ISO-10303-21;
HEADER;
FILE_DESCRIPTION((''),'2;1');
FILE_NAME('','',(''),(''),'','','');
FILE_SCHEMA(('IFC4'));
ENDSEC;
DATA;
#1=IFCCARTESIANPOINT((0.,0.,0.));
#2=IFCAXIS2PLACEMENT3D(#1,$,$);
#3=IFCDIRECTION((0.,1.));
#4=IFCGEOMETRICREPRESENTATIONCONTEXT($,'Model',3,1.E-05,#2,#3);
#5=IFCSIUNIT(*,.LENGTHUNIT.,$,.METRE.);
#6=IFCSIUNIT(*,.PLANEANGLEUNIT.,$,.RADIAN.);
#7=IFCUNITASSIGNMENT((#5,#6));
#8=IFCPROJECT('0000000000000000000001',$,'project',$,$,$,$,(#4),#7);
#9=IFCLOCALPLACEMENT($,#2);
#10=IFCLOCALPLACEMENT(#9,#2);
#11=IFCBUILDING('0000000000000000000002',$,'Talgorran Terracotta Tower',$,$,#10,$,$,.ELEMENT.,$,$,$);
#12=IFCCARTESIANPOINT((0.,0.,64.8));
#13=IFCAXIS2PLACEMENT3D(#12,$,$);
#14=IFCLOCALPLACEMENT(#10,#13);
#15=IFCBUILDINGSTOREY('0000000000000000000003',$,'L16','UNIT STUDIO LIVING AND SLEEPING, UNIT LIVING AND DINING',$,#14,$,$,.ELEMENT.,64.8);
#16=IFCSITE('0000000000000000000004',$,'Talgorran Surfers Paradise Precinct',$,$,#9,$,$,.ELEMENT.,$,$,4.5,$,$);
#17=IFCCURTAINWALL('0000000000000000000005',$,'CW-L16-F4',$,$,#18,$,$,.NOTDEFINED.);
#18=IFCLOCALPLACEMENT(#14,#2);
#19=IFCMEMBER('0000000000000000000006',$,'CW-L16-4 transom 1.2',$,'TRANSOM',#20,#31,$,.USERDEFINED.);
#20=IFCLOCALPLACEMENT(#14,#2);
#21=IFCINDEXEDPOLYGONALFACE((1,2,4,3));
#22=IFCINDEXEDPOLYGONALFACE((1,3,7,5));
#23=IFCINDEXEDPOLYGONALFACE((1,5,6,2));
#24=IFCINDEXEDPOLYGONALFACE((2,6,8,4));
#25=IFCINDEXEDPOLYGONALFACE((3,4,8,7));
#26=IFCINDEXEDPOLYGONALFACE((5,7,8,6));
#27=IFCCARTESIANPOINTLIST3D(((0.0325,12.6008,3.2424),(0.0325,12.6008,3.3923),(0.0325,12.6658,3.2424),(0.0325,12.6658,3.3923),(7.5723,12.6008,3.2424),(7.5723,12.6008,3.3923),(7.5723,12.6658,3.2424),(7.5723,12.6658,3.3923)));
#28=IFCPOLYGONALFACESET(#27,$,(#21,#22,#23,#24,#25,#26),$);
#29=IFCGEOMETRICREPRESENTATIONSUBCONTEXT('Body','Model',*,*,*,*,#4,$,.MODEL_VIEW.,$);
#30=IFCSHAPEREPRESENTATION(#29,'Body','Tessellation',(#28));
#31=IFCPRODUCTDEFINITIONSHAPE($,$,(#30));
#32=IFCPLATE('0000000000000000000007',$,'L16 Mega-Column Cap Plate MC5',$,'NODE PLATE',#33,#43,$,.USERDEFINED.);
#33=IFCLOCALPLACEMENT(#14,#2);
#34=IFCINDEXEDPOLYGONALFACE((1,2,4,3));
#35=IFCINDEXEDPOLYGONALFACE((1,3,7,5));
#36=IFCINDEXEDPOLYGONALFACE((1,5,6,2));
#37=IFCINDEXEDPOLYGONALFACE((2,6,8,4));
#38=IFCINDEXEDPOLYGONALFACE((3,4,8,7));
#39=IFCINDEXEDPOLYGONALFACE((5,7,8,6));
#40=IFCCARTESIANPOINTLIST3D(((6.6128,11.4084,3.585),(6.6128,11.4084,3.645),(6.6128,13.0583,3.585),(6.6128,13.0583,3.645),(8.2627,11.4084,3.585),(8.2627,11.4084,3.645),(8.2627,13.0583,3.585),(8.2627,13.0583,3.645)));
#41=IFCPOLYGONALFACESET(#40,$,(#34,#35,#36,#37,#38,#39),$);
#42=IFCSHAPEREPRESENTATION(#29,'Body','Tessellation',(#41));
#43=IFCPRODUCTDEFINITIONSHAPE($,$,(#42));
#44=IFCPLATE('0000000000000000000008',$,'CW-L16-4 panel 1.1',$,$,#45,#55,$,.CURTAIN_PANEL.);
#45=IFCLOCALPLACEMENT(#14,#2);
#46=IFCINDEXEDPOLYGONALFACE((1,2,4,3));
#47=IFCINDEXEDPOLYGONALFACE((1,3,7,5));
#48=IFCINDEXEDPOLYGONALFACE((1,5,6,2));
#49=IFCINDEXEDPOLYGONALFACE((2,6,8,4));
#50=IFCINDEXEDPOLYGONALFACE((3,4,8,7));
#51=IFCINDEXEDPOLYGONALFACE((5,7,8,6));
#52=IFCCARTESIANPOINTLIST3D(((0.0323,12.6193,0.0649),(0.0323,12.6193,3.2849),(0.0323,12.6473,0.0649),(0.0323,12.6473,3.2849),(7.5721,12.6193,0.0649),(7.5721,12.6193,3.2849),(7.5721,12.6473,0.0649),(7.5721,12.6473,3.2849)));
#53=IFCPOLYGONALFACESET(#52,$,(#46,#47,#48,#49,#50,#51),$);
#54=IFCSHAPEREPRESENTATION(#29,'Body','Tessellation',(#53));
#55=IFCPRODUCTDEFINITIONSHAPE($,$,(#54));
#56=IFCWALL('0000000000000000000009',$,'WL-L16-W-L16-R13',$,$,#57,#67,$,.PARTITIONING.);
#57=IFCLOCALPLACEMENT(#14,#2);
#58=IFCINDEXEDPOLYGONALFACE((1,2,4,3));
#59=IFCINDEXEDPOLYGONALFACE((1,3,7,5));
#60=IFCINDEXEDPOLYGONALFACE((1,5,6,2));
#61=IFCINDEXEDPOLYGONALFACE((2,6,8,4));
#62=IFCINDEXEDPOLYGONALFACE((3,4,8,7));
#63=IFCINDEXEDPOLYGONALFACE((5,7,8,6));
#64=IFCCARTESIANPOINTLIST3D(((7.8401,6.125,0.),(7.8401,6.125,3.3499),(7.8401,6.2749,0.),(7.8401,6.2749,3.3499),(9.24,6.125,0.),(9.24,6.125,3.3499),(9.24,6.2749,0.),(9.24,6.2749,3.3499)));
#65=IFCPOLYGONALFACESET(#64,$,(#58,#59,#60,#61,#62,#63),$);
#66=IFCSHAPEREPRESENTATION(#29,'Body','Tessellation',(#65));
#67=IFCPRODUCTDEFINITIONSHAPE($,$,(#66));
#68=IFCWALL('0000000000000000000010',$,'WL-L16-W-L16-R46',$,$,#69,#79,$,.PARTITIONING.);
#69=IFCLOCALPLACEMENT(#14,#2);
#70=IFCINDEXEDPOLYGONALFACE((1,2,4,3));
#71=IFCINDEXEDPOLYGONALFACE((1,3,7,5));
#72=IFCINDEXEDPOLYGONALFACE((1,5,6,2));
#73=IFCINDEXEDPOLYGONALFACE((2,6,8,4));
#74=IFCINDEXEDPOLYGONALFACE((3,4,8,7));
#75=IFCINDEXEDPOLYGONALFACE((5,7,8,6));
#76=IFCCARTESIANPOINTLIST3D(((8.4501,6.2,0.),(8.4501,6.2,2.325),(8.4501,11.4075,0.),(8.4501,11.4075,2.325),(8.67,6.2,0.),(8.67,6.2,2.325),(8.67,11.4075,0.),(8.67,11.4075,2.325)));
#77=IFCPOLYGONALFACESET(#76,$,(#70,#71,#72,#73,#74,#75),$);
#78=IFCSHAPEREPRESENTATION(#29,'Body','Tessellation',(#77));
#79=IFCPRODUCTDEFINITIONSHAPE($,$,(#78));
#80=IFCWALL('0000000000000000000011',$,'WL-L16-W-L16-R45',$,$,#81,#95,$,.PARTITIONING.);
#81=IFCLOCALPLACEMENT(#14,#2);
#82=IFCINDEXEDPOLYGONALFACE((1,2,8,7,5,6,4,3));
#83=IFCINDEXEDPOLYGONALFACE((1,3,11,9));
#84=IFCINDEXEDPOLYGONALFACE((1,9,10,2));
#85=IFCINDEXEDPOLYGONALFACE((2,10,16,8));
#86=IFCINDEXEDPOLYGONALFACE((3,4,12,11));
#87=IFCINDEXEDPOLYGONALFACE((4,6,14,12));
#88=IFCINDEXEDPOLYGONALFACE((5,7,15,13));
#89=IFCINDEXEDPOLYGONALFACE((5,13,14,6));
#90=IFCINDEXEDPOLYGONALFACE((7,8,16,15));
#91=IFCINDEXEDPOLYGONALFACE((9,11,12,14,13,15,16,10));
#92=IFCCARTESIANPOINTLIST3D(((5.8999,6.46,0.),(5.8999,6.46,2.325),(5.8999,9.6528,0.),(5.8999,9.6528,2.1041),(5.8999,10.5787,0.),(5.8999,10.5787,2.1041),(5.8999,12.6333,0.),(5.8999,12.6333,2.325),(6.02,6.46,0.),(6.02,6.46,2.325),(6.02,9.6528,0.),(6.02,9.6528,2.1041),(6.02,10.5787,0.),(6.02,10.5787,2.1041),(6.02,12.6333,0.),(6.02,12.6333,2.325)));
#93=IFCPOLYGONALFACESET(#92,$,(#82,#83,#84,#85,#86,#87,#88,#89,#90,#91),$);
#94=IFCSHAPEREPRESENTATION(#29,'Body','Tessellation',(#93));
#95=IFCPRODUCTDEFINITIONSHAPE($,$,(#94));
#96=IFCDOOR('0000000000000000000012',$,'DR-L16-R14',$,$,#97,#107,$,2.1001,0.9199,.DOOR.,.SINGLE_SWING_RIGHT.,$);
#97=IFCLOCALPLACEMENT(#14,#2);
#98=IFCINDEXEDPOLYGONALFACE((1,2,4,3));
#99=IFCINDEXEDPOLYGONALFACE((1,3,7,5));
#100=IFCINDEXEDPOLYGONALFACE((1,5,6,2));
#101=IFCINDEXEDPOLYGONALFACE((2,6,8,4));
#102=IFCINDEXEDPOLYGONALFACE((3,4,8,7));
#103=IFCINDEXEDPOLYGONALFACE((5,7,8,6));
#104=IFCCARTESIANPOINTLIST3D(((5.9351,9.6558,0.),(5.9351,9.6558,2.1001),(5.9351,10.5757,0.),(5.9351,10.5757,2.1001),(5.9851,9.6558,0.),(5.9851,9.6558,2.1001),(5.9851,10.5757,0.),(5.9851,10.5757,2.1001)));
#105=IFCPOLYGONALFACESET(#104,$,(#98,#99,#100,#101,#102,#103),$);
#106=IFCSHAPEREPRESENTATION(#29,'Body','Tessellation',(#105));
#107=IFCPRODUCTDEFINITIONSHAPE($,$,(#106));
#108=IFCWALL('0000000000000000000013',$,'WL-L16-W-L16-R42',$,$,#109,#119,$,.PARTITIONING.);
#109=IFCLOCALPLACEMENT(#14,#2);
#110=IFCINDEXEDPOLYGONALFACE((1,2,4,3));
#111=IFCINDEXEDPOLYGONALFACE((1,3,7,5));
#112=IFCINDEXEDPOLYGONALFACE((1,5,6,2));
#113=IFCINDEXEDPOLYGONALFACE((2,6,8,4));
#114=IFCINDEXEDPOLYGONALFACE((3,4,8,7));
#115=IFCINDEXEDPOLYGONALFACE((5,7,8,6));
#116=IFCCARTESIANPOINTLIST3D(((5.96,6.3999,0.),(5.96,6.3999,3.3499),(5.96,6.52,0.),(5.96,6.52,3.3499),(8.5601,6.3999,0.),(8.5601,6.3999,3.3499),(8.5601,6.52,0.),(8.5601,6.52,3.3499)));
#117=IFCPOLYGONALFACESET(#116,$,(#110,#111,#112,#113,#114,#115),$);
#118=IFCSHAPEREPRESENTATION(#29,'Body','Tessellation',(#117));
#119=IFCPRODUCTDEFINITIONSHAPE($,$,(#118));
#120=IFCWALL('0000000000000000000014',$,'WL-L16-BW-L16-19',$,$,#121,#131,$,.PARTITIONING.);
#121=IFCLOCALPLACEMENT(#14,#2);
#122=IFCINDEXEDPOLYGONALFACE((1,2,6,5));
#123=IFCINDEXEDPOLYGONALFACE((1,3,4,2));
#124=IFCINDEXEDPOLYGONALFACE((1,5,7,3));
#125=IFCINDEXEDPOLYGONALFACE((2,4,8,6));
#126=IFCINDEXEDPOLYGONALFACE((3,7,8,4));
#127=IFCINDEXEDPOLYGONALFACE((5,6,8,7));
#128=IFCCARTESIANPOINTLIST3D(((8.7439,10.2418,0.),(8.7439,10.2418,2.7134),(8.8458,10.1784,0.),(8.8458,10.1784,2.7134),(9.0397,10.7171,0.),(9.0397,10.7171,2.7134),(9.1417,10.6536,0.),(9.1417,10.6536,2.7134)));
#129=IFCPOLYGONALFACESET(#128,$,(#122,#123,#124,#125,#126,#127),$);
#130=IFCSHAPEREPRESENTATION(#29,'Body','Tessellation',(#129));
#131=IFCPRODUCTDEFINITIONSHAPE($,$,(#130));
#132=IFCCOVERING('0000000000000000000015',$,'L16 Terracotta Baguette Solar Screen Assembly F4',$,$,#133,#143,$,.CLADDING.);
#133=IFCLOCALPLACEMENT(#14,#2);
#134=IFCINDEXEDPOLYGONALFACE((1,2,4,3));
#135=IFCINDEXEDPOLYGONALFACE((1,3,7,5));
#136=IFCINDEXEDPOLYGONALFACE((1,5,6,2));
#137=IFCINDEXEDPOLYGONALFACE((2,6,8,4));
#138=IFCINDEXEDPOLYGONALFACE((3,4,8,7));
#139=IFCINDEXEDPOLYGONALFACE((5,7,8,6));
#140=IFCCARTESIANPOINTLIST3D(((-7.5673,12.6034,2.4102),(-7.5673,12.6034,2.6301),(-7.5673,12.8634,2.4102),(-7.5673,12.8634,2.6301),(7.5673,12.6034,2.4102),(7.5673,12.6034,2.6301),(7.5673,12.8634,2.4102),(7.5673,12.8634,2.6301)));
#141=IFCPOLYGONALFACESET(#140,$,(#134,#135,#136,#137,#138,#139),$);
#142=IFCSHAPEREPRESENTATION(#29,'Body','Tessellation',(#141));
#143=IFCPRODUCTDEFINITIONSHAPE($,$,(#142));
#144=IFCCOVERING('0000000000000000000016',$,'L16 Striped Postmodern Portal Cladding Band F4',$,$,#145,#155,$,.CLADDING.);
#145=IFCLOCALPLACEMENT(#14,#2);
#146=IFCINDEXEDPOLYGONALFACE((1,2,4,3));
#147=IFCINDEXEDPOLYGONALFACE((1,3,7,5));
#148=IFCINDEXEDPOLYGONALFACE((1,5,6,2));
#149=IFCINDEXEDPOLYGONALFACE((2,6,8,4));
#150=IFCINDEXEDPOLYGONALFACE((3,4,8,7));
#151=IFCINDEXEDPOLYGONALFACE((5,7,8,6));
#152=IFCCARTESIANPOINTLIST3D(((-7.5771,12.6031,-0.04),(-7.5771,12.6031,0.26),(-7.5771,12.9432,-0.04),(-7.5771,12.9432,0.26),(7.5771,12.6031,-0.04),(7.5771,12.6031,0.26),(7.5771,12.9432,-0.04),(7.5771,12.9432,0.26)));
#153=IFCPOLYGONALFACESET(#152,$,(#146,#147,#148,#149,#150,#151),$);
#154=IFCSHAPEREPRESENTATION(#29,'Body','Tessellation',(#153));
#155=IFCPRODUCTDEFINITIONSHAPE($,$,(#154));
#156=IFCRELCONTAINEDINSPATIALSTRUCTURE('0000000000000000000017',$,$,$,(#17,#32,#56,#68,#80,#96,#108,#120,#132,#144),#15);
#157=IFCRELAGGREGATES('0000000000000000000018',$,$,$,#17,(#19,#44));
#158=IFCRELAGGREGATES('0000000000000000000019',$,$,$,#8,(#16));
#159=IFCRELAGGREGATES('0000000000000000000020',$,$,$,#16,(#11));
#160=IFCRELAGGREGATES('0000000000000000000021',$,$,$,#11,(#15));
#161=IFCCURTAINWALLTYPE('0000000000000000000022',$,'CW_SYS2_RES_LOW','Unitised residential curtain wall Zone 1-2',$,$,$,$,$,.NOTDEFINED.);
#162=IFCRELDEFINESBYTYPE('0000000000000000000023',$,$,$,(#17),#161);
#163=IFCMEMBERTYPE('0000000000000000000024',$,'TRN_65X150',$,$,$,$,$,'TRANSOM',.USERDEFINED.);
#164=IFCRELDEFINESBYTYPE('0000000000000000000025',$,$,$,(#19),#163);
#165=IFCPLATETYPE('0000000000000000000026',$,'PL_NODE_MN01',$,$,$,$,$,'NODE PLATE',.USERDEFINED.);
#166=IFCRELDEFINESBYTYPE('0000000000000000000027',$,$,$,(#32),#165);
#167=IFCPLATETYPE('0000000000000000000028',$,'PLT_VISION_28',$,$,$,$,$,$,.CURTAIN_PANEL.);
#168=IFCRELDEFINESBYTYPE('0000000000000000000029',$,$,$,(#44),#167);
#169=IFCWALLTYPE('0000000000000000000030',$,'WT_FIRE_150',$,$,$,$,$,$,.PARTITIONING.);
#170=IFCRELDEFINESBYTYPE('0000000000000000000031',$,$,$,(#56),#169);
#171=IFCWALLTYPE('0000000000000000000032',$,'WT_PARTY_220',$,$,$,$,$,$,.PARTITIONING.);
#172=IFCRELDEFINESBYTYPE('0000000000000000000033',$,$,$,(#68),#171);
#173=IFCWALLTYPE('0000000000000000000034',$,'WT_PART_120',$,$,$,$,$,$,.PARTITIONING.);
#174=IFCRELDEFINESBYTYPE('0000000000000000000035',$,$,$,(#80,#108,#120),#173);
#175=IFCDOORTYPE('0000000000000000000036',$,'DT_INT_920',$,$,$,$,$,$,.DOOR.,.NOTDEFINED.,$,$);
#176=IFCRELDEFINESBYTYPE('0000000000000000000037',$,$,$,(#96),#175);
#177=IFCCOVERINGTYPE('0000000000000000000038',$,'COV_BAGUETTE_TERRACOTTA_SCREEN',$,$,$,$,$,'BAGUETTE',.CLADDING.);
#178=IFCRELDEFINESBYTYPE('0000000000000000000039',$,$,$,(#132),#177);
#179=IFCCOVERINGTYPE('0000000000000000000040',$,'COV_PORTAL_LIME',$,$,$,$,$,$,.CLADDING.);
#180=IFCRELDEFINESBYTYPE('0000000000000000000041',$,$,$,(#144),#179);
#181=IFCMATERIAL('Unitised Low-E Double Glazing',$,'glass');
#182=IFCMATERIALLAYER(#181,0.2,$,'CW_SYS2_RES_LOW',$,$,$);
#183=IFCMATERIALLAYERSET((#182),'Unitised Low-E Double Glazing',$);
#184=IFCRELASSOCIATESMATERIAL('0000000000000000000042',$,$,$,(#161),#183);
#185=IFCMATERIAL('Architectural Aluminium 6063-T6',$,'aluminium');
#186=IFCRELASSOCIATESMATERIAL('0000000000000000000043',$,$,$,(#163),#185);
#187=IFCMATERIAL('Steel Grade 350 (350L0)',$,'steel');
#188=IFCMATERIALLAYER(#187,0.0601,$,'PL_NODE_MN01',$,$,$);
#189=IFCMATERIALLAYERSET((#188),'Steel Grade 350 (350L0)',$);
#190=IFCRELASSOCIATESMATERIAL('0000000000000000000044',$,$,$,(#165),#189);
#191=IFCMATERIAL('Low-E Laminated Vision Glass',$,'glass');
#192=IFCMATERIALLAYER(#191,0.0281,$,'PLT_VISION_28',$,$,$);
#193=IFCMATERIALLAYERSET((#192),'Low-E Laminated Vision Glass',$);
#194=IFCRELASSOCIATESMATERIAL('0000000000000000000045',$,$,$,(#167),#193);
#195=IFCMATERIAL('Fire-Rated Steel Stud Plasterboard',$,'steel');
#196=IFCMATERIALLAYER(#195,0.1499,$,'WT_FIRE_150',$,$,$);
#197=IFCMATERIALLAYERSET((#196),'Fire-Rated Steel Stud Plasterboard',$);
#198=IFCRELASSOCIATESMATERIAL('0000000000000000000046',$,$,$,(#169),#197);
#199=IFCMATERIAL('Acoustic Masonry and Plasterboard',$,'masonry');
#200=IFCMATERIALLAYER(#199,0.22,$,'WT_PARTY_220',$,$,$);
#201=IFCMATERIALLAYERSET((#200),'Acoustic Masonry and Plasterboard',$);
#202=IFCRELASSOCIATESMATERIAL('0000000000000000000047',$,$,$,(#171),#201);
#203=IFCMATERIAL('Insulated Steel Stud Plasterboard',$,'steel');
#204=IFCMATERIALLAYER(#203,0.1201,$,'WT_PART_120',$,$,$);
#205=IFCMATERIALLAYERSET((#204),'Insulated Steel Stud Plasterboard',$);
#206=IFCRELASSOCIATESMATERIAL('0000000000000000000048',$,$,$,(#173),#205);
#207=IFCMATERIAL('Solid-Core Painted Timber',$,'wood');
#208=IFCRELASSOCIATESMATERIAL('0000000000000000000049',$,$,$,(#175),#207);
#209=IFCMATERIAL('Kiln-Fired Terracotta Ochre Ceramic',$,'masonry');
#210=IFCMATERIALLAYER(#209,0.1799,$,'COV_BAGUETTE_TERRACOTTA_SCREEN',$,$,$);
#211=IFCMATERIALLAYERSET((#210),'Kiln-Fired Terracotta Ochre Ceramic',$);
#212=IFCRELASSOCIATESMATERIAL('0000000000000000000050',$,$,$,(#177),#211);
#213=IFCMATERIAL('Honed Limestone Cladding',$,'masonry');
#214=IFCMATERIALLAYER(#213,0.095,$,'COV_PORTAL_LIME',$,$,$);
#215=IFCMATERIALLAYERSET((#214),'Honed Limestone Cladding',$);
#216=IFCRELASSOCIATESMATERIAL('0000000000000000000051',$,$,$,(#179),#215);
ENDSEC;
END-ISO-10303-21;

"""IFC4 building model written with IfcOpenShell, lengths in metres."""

from ifc_helpers import new_model, si_unit, direction, frame, frame_2d, origin, origin_2d, place, context, subcontext, project, spatial, rectangle, extrude, source, transform, mapped, material, layer, layer_set, material_profile, profile_set, type_object, type_shapes, element, fill, aggregate, save


model = new_model("IFC4")

# Units and contexts
model_context = context("Model", 3, precision=1e-05, world=origin(), true_north=direction((0.0, 1.0)))
body_context = subcontext(model_context, "Body", "Model", "MODEL_VIEW")
ifc_project = project(units=[si_unit("LENGTHUNIT", "METRE"), si_unit("PLANEANGLEUNIT", "RADIAN")], contexts=[model_context])

# Site, building, storey
site_placement = place(None, origin())
site = spatial("IfcSite", under=ifc_project, at=site_placement, Name="Talgorran Surfers Paradise Precinct", CompositionType="ELEMENT", RefElevation=4.5)
building_placement = place(site_placement, origin())
building = spatial("IfcBuilding", under=site, at=building_placement, Name="Talgorran Terracotta Tower", CompositionType="ELEMENT")
storey_placement = place(building_placement, frame((0.0, 0.0, 64.8)))
storey = spatial("IfcBuildingStorey", under=building, at=storey_placement, Name="L16", Description="UNIT STUDIO LIVING AND SLEEPING, UNIT LIVING AND DINING", CompositionType="ELEMENT", Elevation=64.8)

# Shared definitions
ifc_material_1 = material(Name="Steel Grade 350 (350L0)", Category="steel")

# Shared definitions
ifc_material_2 = material(Name="Unitised Low-E Double Glazing", Category="glass")
ifc_layer_1 = layer(ifc_material_2, 0.2, Name="CW_SYS2_RES_LOW")
ifc_layer_set_1 = layer_set([ifc_layer_1], Name="Unitised Low-E Double Glazing")
curtain_wall_type = type_object("IfcCurtainWallType", Name="CW_SYS2_RES_LOW", Description="Unitised residential curtain wall Zone 1-2", PredefinedType="NOTDEFINED", material=ifc_layer_set_1)
ifc_material_3 = material(Name="Architectural Aluminium 6063-T6", Category="aluminium")

# Curtain wall, member
curtain_wall_1_placement = place(storey_placement, origin())
curtain_wall_1 = element("IfcCurtainWall", 1, at=curtain_wall_1_placement, inside=storey, type_object=curtain_wall_type, Name="CW-L16-F4", PredefinedType="NOTDEFINED")
ifc_material_profile_1 = material_profile(ifc_material_3, rectangle(XDim=0.0649, YDim=0.1499, at=origin_2d()), Name="CWT65X150")
ifc_profile_set_1 = profile_set([ifc_material_profile_1], Name="Architectural Aluminium 6063-T6")
member_type_1 = type_object("IfcMemberType", Name="TRN_65X150", ElementType="TRANSOM", PredefinedType="USERDEFINED", material=ifc_profile_set_1)
member_1_placement = place(storey_placement, frame((7.5723, 12.6333, 3.3174), z_axis=(-1.0, 0.0, 0.0), x_axis=(0.0, -1.0, 0.0)))
member_1 = element("IfcMember", 2, at=member_1_placement, type_object=member_type_1, Name="CW-L16-4 transom 1.2", ObjectType="TRANSOM", PredefinedType="USERDEFINED", context=body_context, shape_type="SweptSolid", body=[
    extrude(rectangle(XDim=0.0649, YDim=0.1499, at=origin_2d()), origin(), (0.0, 0.0, 1.0), 7.5398),
])

# Plates
ifc_layer_2 = layer(ifc_material_1, 0.0601, Name="PL_NODE_MN01")
ifc_layer_set_2 = layer_set([ifc_layer_2], Name="Steel Grade 350 (350L0)")
plate_type_1 = type_object("IfcPlateType", Name="PL_NODE_MN01", ElementType="NODE PLATE", PredefinedType="USERDEFINED", material=ifc_layer_set_2)
plate_1_placement = place(storey_placement, frame((7.4377, 12.2334, 3.585), z_axis=(0.0, 0.0, 1.0), x_axis=(1.0, 0.0, 0.0)))
element("IfcPlate", 3, at=plate_1_placement, inside=storey, type_object=plate_type_1, Name="L16 Mega-Column Cap Plate MC5", ObjectType="NODE PLATE", PredefinedType="USERDEFINED", context=body_context, shape_type="SweptSolid", body=[
    extrude(rectangle(XDim=1.6499, YDim=1.6499, at=origin_2d()), origin(), (0.0, 0.0, 1.0), 0.0601),
])
ifc_material_4 = material(Name="Low-E Laminated Vision Glass", Category="glass")
ifc_layer_3 = layer(ifc_material_4, 0.0281, Name="PLT_VISION_28")
ifc_layer_set_3 = layer_set([ifc_layer_3], Name="Low-E Laminated Vision Glass")
plate_type_2 = type_object("IfcPlateType", Name="PLT_VISION_28", PredefinedType="CURTAIN_PANEL", material=ifc_layer_set_3)
shared_shape = source(origin(), body_context, "Body", "SweptSolid", [
    extrude(rectangle(XDim=7.5398, YDim=0.0281, at=origin_2d()), origin(), (0.0, 0.0, 1.0), 3.22),
])
type_shapes(plate_type_2, [shared_shape])
plate_2_placement = place(storey_placement, frame((3.8022, 12.6333, 0.0649), z_axis=(0.0, 0.0, 1.0), x_axis=(-1.0, 0.0, 0.0)))
plate_2 = element("IfcPlate", 4, at=plate_2_placement, type_object=plate_type_2, Name="CW-L16-4 panel 1.1", PredefinedType="CURTAIN_PANEL", context=body_context, shape_type="MappedRepresentation", body=[
    mapped(shared_shape, transform((0.0, 0.0, 0.0), scale=1.0)),
])
aggregate(curtain_wall_1, [member_1, plate_2])

# Walls
ifc_material_5 = material(Name="Fire-Rated Steel Stud Plasterboard", Category="steel")
ifc_layer_4 = layer(ifc_material_5, 0.1499, Name="WT_FIRE_150")
ifc_layer_set_4 = layer_set([ifc_layer_4], Name="Fire-Rated Steel Stud Plasterboard")
wall_type_1 = type_object("IfcWallType", Name="WT_FIRE_150", PredefinedType="PARTITIONING", material=ifc_layer_set_4)
wall_1_placement = place(storey_placement, frame((7.8401, 6.2, 0.0), z_axis=(0.0, 0.0, 1.0), x_axis=(1.0, 0.0, 0.0)))
element("IfcWall", 5, at=wall_1_placement, inside=storey, type_object=wall_type_1, Name="WL-L16-W-L16-R13", PredefinedType="PARTITIONING", context=body_context, shape_type="SweptSolid", body=[
    extrude(rectangle(XDim=1.3999, YDim=0.1499, at=frame_2d((0.7, 0.0))), origin(), (0.0, 0.0, 1.0), 3.3499),
])
ifc_material_6 = material(Name="Acoustic Masonry and Plasterboard", Category="masonry")
ifc_layer_5 = layer(ifc_material_6, 0.22, Name="WT_PARTY_220")
ifc_layer_set_5 = layer_set([ifc_layer_5], Name="Acoustic Masonry and Plasterboard")
wall_type_2 = type_object("IfcWallType", Name="WT_PARTY_220", PredefinedType="PARTITIONING", material=ifc_layer_set_5)
wall_2_placement = place(storey_placement, frame((8.5601, 6.2, 0.0), z_axis=(0.0, 0.0, 1.0), x_axis=(0.0, 1.0, 0.0)))
element("IfcWall", 6, at=wall_2_placement, inside=storey, type_object=wall_type_2, Name="WL-L16-W-L16-R46", PredefinedType="PARTITIONING", context=body_context, shape_type="SweptSolid", body=[
    extrude(rectangle(XDim=5.2075, YDim=0.22, at=frame_2d((2.6038, 0.0))), origin(), (0.0, 0.0, 1.0), 2.325),
])

# Wall, opening, door
ifc_material_7 = material(Name="Insulated Steel Stud Plasterboard", Category="steel")
ifc_layer_6 = layer(ifc_material_7, 0.1201, Name="WT_PART_120")
ifc_layer_set_6 = layer_set([ifc_layer_6], Name="Insulated Steel Stud Plasterboard")
wall_type_3 = type_object("IfcWallType", Name="WT_PART_120", PredefinedType="PARTITIONING", material=ifc_layer_set_6)
wall_3_placement = place(storey_placement, frame((5.96, 6.46, 0.0), z_axis=(0.0, 0.0, 1.0), x_axis=(0.0, 1.0, 0.0)))
wall_3 = element("IfcWall", 7, at=wall_3_placement, inside=storey, type_object=wall_type_3, Name="WL-L16-W-L16-R45", PredefinedType="PARTITIONING", context=body_context, shape_type="SweptSolid", body=[
    extrude(rectangle(XDim=6.1733, YDim=0.1201, at=frame_2d((3.0867, 0.0))), origin(), (0.0, 0.0, 1.0), 2.325),
])
opening_placement = place(wall_3_placement, frame((3.1958, 0.0, 0.0)))
opening = element("IfcOpeningElement", 8, at=opening_placement, cuts=wall_3, PredefinedType="OPENING", context=body_context, shape_type="SweptSolid", body=[
    extrude(rectangle(XDim=0.9259, YDim=2.1041, at=frame_2d((0.46, 1.052))), frame((0.0, 0.0701, 0.0), z_axis=(0.0, -1.0, 0.0), x_axis=(1.0, 0.0, 0.0)), (0.0, 0.0, 1.0), 0.1401),
])
ifc_material_8 = material(Name="Solid-Core Painted Timber", Category="wood")
door_type = type_object("IfcDoorType", Name="DT_INT_920", OperationType="NOTDEFINED", PredefinedType="DOOR", material=ifc_material_8)
door_placement = place(opening_placement, origin())
door = element("IfcDoor", 9, at=door_placement, inside=storey, type_object=door_type, Name="DR-L16-R14", OperationType="SINGLE_SWING_RIGHT", OverallHeight=2.1001, OverallWidth=0.9199, PredefinedType="DOOR", context=body_context, shape_type="SweptSolid", body=[
    extrude(rectangle(XDim=0.9199, YDim=2.1001, at=frame_2d((0.46, 1.05))), frame((0.0, 0.0249, 0.0), z_axis=(0.0, -1.0, 0.0), x_axis=(1.0, 0.0, 0.0)), (0.0, 0.0, 1.0), 0.05),
])
fill(opening, door)

# Walls
wall_4_placement = place(storey_placement, frame((5.96, 6.46, 0.0), z_axis=(0.0, 0.0, 1.0), x_axis=(1.0, 0.0, 0.0)))
element("IfcWall", 10, at=wall_4_placement, inside=storey, type_object=wall_type_3, Name="WL-L16-W-L16-R42", PredefinedType="PARTITIONING", context=body_context, shape_type="SweptSolid", body=[
    extrude(rectangle(XDim=2.6001, YDim=0.1201, at=frame_2d((1.3, 0.0))), origin(), (0.0, 0.0, 1.0), 3.3499),
])
wall_5_placement = place(storey_placement, frame((8.7949, 10.2102, 0.0), z_axis=(0.0, 0.0, 1.0), x_axis=(0.52847, 0.848952, 0.0)))
element("IfcWall", 11, at=wall_5_placement, inside=storey, type_object=wall_type_3, Name="WL-L16-BW-L16-19", PredefinedType="PARTITIONING", context=body_context, shape_type="SweptSolid", body=[
    extrude(rectangle(XDim=0.5598, YDim=0.1201, at=frame_2d((0.2798, 0.0))), origin(), (0.0, 0.0, 1.0), 2.7134),
])

# Coverings
ifc_material_9 = material(Name="Kiln-Fired Terracotta Ochre Ceramic", Category="masonry")
ifc_layer_7 = layer(ifc_material_9, 0.1799, Name="COV_BAGUETTE_TERRACOTTA_SCREEN")
ifc_layer_set_7 = layer_set([ifc_layer_7], Name="Kiln-Fired Terracotta Ochre Ceramic")
covering_type_1 = type_object("IfcCoveringType", Name="COV_BAGUETTE_TERRACOTTA_SCREEN", ElementType="BAGUETTE", PredefinedType="CLADDING", material=ifc_layer_set_7)
covering_1_placement = place(storey_placement, frame((0.0, 12.7334, 2.4102), z_axis=(0.0, 0.0, 1.0), x_axis=(-1.0, 0.0, 0.0)))
element("IfcCovering", 12, at=covering_1_placement, inside=storey, type_object=covering_type_1, Name="L16 Terracotta Baguette Solar Screen Assembly F4", PredefinedType="CLADDING", context=body_context, shape_type="SweptSolid", body=[
    extrude(rectangle(XDim=15.1345, YDim=0.26, at=origin_2d()), origin(), (0.0, 0.0, 1.0), 0.22),
])
ifc_material_10 = material(Name="Honed Limestone Cladding", Category="masonry")
ifc_layer_8 = layer(ifc_material_10, 0.095, Name="COV_PORTAL_LIME")
ifc_layer_set_8 = layer_set([ifc_layer_8], Name="Honed Limestone Cladding")
covering_type_2 = type_object("IfcCoveringType", Name="COV_PORTAL_LIME", PredefinedType="CLADDING", material=ifc_layer_set_8)
covering_2_placement = place(storey_placement, frame((0.0, 12.7732, -0.04), z_axis=(0.0, 0.0, 1.0), x_axis=(-1.0, 0.0, 0.0)))
element("IfcCovering", 13, at=covering_2_placement, inside=storey, type_object=covering_type_2, Name="L16 Striped Postmodern Portal Cladding Band F4", PredefinedType="CLADDING", context=body_context, shape_type="SweptSolid", body=[
    extrude(rectangle(XDim=15.1543, YDim=0.3401, at=origin_2d()), origin(), (0.0, 0.0, 1.0), 0.3),
])

save(model, "model.ifc")
